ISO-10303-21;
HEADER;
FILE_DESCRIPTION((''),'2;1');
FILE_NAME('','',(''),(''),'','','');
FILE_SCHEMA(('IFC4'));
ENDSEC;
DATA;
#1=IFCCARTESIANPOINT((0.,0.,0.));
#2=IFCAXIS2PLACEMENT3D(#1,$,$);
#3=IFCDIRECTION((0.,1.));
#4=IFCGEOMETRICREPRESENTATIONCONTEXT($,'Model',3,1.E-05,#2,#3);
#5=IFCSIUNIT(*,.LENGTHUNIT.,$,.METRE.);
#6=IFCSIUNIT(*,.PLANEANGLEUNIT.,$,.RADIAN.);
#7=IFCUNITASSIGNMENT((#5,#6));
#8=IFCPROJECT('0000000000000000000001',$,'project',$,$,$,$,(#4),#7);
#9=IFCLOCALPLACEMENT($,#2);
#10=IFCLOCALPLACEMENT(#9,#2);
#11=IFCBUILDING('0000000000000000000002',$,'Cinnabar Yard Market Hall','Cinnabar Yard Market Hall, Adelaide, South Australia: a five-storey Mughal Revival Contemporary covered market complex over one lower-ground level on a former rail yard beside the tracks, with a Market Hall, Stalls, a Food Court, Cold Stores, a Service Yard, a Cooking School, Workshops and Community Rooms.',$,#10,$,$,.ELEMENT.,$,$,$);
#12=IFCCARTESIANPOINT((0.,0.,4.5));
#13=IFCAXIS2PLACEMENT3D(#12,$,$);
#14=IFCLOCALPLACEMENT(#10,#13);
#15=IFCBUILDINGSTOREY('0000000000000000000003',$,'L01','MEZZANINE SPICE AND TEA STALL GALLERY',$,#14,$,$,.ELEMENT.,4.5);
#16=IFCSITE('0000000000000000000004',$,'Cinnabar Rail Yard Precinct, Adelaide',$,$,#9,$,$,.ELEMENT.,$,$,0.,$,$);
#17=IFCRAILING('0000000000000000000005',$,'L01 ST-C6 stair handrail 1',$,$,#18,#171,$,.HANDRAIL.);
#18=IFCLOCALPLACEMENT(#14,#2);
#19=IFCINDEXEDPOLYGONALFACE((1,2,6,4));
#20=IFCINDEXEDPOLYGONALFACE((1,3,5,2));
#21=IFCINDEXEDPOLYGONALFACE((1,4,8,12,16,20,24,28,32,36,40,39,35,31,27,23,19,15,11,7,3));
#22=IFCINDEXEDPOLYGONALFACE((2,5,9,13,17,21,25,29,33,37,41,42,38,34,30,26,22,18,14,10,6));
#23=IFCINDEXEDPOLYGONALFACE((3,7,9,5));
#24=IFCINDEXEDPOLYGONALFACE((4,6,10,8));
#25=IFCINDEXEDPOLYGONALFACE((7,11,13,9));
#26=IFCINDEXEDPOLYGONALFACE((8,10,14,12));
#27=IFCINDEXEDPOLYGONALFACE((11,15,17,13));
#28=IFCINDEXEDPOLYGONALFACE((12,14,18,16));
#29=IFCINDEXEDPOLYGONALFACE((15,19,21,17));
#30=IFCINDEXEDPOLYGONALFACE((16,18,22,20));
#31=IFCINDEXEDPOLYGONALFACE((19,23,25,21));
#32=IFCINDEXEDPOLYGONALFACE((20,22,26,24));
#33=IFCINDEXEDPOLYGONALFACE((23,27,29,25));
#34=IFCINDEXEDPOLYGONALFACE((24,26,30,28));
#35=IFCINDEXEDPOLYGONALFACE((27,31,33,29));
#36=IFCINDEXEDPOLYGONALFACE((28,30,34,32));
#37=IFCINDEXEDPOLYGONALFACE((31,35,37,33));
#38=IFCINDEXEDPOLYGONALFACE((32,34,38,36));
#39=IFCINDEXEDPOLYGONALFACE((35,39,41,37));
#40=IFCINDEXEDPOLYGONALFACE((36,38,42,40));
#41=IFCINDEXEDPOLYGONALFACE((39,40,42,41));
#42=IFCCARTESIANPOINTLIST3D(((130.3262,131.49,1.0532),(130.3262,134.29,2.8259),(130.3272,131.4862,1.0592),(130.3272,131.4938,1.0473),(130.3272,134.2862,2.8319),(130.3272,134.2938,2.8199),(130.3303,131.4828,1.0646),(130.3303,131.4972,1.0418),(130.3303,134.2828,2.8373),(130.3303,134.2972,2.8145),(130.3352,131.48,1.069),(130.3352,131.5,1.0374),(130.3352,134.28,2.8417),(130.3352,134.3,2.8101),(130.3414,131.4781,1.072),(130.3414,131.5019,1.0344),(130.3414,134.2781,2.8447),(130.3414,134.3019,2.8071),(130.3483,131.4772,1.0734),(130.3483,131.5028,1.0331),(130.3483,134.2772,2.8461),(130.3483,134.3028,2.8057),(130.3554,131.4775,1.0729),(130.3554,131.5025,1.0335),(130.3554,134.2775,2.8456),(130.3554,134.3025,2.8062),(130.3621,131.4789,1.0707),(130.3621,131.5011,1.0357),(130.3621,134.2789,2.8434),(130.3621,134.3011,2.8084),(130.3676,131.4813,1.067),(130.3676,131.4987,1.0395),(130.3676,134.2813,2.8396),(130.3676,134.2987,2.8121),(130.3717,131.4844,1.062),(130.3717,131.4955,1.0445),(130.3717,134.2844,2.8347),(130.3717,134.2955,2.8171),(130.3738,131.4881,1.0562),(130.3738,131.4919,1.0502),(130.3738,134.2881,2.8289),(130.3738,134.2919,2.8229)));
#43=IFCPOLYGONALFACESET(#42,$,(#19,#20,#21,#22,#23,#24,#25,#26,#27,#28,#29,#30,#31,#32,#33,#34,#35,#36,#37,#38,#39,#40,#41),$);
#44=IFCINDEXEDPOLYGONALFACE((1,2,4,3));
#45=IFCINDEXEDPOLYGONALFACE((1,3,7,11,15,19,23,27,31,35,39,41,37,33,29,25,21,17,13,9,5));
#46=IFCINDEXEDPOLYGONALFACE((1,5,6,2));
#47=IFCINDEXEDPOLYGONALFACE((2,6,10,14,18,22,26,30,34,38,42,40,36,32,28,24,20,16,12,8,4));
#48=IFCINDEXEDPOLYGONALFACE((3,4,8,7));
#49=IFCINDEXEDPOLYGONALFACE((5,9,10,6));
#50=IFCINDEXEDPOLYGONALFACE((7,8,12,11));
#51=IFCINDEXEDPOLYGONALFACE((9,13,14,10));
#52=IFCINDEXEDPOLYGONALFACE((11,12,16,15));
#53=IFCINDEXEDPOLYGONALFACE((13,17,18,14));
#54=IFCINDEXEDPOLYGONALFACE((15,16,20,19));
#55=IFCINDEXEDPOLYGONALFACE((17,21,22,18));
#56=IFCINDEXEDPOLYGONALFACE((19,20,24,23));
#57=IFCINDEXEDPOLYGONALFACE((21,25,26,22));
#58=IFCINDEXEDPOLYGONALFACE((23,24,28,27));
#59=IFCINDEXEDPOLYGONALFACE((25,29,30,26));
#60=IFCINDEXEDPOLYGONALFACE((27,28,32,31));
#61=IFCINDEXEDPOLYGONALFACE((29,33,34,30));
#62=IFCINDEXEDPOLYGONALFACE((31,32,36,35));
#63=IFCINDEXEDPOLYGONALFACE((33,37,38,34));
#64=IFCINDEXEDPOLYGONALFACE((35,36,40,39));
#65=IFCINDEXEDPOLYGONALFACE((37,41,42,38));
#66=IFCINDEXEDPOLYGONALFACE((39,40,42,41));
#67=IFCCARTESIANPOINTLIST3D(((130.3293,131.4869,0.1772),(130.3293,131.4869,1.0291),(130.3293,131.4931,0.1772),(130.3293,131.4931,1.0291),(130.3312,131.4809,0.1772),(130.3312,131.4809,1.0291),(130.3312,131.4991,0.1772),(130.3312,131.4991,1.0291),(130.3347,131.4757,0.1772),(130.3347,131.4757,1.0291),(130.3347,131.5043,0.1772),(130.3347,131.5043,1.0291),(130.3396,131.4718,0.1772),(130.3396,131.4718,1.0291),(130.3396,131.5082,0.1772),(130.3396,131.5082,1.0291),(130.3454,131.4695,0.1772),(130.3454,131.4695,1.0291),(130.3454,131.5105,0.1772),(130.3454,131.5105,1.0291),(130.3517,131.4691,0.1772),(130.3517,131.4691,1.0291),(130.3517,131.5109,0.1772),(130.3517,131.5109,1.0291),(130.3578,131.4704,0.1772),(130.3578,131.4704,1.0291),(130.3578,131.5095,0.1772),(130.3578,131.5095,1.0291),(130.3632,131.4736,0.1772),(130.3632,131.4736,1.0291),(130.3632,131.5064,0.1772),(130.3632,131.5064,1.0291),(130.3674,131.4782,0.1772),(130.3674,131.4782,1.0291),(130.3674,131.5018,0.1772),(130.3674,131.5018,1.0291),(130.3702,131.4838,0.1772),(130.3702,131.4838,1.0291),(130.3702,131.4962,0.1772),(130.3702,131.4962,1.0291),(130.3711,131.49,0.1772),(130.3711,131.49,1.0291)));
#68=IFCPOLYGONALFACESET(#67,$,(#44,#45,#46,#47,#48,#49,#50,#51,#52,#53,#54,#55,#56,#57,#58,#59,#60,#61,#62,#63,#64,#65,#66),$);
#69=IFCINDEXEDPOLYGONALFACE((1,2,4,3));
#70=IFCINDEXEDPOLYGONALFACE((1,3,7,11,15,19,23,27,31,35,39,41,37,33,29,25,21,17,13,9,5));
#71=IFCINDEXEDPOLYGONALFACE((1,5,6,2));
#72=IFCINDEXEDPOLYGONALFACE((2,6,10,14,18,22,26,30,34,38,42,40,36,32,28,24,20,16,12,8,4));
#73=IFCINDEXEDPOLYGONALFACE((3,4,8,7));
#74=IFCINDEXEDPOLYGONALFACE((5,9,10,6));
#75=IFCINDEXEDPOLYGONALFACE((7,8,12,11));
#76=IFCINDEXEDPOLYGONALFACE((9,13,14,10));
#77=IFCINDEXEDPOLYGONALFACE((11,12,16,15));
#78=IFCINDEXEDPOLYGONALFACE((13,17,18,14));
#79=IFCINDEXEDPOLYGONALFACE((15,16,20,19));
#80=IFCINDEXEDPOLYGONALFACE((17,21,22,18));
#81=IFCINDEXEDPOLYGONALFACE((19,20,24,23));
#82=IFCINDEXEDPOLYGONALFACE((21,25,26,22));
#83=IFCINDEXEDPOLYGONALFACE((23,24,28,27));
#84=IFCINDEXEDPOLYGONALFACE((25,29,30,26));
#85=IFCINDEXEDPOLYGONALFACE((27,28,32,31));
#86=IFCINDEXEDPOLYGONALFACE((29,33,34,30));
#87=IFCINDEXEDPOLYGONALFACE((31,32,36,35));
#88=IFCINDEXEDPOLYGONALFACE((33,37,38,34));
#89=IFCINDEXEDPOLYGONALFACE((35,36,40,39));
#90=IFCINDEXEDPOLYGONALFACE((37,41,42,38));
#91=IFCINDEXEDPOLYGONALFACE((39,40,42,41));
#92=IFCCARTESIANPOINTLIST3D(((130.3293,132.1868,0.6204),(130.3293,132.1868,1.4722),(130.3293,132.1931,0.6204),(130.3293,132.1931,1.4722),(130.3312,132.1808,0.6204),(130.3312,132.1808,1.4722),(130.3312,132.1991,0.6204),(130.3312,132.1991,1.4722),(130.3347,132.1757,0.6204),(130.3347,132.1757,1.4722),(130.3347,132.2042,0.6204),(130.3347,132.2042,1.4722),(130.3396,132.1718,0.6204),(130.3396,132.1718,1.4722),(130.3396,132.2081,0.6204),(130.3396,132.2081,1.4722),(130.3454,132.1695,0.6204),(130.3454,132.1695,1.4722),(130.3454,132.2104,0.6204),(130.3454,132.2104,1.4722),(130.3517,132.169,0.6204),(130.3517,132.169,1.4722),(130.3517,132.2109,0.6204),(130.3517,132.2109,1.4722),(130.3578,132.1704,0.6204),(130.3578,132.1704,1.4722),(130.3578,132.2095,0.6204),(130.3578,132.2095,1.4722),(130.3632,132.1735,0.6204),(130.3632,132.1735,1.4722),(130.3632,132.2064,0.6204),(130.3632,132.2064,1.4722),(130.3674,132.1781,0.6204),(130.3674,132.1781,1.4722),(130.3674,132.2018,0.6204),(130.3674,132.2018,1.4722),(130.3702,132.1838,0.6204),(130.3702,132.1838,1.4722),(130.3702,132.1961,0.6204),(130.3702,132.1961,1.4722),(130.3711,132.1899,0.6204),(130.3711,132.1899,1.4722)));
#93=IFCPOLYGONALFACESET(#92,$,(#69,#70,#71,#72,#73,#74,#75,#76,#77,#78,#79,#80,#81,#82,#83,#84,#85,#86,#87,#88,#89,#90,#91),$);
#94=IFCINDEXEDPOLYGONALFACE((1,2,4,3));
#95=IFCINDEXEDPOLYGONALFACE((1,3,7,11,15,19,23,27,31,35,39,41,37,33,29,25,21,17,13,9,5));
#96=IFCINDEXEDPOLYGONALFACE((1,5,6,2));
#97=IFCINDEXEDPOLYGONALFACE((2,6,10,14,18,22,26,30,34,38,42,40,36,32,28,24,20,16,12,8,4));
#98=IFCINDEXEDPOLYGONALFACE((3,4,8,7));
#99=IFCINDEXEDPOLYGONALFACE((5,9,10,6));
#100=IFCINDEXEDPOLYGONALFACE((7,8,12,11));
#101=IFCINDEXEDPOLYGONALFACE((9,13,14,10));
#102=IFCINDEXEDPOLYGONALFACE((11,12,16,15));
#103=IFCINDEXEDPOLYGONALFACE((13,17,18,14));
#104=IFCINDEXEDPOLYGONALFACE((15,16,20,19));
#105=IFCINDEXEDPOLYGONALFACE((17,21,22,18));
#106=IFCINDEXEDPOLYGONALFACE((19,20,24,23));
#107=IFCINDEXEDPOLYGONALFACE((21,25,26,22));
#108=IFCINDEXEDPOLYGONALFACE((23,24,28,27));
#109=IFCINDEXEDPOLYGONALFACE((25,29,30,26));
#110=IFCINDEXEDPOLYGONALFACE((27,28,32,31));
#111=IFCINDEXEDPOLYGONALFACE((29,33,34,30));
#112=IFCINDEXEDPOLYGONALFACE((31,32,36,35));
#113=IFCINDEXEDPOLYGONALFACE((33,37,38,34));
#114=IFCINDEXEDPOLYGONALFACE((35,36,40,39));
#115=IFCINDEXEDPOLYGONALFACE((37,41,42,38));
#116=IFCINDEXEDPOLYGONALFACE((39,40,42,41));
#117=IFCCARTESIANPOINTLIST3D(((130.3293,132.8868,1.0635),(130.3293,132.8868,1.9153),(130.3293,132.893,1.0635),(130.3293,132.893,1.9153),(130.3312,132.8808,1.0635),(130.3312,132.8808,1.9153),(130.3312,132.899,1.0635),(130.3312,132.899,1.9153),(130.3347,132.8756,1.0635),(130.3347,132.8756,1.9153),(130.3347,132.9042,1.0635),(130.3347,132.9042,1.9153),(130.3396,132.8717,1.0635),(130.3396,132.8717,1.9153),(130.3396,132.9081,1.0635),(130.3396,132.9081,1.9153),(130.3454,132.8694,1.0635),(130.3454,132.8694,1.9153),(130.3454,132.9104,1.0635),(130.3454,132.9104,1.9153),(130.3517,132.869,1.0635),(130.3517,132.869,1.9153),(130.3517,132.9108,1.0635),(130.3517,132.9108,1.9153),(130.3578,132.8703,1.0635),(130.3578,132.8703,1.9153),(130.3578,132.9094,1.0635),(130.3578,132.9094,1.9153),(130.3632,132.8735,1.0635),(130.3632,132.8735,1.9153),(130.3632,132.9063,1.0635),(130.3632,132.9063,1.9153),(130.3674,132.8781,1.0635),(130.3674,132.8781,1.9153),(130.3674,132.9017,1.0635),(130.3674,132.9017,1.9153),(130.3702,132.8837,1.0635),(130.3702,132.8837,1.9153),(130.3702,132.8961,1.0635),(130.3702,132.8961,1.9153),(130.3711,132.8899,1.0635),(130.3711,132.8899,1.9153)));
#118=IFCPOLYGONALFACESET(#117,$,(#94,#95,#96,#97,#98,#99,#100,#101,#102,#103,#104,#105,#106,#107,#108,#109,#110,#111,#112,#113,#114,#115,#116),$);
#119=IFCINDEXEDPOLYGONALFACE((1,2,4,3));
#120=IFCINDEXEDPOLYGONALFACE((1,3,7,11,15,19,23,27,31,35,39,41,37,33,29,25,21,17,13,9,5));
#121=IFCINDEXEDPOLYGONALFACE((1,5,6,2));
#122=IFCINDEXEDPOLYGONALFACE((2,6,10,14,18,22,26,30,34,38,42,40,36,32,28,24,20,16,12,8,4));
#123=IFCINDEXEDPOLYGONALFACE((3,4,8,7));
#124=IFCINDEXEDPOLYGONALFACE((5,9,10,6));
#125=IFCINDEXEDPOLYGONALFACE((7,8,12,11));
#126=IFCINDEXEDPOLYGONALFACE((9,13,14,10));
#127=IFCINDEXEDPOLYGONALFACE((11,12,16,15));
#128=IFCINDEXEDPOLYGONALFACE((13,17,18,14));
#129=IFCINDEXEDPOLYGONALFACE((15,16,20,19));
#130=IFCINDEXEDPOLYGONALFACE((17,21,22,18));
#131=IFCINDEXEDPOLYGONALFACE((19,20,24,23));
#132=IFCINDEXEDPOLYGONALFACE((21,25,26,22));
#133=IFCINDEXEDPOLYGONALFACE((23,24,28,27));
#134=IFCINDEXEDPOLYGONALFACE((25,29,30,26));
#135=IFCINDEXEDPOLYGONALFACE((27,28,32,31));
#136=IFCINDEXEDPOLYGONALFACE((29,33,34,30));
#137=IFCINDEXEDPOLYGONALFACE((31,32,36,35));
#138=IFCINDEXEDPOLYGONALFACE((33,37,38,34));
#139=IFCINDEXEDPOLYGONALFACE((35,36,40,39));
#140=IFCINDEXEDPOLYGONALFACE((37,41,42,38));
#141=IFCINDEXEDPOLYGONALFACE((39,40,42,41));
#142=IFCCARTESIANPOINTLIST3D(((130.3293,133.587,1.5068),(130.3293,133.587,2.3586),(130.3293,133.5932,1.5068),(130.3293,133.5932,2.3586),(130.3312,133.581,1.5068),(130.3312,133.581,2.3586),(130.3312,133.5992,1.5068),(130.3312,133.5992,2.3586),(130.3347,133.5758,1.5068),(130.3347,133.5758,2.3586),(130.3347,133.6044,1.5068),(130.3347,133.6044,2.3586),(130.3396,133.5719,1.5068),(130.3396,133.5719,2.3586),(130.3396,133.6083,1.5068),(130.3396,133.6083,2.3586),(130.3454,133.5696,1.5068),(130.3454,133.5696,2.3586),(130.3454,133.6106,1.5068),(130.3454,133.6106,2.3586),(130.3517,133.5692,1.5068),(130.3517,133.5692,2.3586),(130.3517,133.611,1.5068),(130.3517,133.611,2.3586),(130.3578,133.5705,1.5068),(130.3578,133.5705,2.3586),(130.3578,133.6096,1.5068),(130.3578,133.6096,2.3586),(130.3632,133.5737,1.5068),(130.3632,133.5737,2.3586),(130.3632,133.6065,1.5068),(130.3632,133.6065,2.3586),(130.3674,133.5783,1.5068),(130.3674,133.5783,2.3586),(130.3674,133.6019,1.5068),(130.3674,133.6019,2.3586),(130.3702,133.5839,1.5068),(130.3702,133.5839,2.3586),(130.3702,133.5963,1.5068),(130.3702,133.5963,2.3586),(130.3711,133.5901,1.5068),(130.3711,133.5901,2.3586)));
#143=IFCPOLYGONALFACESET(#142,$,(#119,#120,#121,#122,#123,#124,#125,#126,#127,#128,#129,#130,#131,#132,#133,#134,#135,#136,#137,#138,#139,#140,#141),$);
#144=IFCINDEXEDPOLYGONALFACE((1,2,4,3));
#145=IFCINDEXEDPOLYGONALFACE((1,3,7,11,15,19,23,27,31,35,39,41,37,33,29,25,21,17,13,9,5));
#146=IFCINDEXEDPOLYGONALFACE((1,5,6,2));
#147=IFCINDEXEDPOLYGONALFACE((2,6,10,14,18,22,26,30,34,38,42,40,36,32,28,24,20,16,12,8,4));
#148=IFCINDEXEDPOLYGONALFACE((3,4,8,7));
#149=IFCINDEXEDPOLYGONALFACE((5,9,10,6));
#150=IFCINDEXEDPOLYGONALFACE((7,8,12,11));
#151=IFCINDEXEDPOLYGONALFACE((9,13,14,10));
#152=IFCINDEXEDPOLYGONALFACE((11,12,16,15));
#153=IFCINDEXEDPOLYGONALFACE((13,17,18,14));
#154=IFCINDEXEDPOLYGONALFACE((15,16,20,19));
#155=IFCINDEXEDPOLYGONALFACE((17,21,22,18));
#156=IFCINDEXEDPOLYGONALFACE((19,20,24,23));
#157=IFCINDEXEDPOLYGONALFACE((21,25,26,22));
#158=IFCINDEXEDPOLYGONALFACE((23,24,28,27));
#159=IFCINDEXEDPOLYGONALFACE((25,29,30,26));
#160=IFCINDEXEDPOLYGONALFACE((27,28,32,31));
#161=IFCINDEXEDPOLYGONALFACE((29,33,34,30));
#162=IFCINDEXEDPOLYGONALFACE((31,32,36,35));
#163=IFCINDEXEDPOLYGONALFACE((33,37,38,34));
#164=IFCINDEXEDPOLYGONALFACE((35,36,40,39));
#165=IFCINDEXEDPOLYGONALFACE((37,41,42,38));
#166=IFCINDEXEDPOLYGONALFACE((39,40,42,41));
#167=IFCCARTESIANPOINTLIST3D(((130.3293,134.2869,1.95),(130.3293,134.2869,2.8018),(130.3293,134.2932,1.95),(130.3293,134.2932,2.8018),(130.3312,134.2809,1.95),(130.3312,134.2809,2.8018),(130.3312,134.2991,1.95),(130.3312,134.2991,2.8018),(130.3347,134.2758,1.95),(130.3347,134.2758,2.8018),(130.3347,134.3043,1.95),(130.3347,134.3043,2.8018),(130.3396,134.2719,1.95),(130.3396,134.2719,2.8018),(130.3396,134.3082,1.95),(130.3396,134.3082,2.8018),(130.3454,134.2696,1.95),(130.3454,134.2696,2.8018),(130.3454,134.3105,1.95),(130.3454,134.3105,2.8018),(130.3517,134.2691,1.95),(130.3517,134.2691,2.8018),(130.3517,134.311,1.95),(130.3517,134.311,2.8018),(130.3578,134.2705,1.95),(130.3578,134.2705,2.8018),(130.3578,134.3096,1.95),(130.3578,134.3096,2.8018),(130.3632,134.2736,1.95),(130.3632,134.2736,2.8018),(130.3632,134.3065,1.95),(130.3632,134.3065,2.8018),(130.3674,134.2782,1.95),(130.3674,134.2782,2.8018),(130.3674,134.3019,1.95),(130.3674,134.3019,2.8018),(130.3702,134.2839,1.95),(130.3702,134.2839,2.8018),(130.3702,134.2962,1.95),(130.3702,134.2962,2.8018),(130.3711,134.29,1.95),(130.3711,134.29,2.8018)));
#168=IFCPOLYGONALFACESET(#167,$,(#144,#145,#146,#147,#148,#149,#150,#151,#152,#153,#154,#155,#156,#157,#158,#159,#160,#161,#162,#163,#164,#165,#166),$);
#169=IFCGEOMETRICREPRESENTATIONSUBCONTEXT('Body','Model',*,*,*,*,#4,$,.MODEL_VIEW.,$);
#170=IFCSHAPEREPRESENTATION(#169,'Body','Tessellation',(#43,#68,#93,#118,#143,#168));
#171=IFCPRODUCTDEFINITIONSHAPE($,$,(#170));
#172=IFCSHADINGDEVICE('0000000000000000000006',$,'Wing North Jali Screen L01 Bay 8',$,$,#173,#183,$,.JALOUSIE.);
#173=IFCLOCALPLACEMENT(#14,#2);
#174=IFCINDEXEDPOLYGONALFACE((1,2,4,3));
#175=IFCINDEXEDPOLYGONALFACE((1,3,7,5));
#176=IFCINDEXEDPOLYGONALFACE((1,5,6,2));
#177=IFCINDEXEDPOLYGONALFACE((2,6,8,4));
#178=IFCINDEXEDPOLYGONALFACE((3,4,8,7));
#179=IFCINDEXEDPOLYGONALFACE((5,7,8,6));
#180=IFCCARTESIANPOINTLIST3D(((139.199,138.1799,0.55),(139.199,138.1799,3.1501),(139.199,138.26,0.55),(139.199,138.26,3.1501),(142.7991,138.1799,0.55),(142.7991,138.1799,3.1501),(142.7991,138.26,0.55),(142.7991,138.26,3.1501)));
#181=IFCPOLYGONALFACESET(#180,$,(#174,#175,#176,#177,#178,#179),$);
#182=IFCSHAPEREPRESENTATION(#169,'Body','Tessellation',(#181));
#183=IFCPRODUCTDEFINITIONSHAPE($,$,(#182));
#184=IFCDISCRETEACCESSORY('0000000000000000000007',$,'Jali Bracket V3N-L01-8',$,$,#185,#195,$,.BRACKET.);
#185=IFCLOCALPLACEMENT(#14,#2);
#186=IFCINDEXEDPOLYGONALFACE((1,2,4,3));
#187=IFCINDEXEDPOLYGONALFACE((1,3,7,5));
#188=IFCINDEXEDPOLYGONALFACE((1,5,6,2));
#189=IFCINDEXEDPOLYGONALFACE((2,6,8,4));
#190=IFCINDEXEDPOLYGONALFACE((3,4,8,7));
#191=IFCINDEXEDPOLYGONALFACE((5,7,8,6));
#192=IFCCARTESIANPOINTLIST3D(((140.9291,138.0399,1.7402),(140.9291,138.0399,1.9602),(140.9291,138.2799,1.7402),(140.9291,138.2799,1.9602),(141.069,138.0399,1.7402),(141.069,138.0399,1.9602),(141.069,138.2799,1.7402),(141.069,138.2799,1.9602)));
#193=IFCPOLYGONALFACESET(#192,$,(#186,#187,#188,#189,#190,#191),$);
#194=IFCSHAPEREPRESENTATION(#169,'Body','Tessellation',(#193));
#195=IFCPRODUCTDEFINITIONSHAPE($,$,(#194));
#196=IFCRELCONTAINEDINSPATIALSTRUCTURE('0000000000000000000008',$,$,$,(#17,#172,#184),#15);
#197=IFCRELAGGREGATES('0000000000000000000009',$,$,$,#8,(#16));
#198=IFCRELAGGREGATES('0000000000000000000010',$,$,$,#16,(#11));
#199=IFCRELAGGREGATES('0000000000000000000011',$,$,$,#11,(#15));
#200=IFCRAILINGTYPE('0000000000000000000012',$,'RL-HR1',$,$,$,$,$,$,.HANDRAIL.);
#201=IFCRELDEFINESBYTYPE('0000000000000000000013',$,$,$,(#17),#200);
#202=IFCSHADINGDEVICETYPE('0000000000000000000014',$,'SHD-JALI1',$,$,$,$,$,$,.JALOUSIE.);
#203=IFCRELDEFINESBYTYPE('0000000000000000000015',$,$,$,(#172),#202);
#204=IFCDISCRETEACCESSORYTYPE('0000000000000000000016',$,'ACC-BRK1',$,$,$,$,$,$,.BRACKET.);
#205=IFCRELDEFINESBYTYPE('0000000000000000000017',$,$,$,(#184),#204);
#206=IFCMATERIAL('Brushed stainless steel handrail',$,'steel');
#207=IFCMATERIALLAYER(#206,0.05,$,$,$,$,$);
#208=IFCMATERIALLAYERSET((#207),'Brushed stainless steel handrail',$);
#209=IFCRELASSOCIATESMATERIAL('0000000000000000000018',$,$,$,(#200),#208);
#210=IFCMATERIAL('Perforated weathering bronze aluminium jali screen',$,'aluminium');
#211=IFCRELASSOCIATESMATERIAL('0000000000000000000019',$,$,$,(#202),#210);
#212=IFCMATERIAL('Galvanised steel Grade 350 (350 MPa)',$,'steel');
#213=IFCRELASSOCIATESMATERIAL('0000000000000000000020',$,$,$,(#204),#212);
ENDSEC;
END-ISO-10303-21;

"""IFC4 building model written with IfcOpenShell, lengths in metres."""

from ifc_helpers import new_model, si_unit, direction, frame, origin, origin_2d_with_axis, place, context, subcontext, project, spatial, rectangle, circle, extrude, material, layer, layer_set, type_object, element, save


model = new_model("IFC4")

# Units and contexts
model_context = context("Model", 3, precision=1e-05, world=origin(), true_north=direction((0.0, 1.0)))
body_context = subcontext(model_context, "Body", "Model", "MODEL_VIEW")
ifc_project = project(units=[si_unit("LENGTHUNIT", "METRE"), si_unit("PLANEANGLEUNIT", "RADIAN")], contexts=[model_context])

# Site, building, storey
site_placement = place(None, origin())
site = spatial("IfcSite", under=ifc_project, at=site_placement, Name="Cinnabar Rail Yard Precinct, Adelaide", CompositionType="ELEMENT", RefElevation=0.0)
building_placement = place(site_placement, origin())
building = spatial("IfcBuilding", under=site, at=building_placement, Name="Cinnabar Yard Market Hall", Description="Cinnabar Yard Market Hall, Adelaide, South Australia: a five-storey Mughal Revival Contemporary covered market complex over one lower-ground level on a former rail yard beside the tracks, with a Market Hall, Stalls, a Food Court, Cold Stores, a Service Yard, a Cooking School, Workshops and Community Rooms.", CompositionType="ELEMENT")
storey_placement = place(building_placement, frame((0.0, 0.0, 4.5)))
storey = spatial("IfcBuildingStorey", under=building, at=storey_placement, Name="L01", Description="MEZZANINE SPICE AND TEA STALL GALLERY", CompositionType="ELEMENT", Elevation=4.5)

# Railing
ifc_material_1 = material(Name="Brushed stainless steel handrail", Category="steel")
ifc_layer_1 = layer(ifc_material_1, 0.05)
ifc_layer_set_1 = layer_set([ifc_layer_1], Name="Brushed stainless steel handrail")
railing_type_1 = type_object("IfcRailingType", Name="RL-HR1", PredefinedType="HANDRAIL", material=ifc_layer_set_1)
railing_1_placement = place(storey_placement, frame((130.3501, 131.49, 0.1772)))
element("IfcRailing", 1, at=railing_1_placement, inside=storey, type_object=railing_type_1, Name="L01 ST-C6 stair handrail 1", PredefinedType="HANDRAIL", context=body_context, shape_type="SweptSolid", body=[
    extrude(circle(Radius=0.0239, at=origin_2d_with_axis()), frame((0.0, 0.0, 0.876), z_axis=(0.0, 0.844909, 0.53491), x_axis=(-1.0, 0.0, 0.0)), (0.0, 0.0, 1.0), 3.314),
    extrude(circle(Radius=0.021, at=origin_2d_with_axis()), origin(), (0.0, 0.0, 1.0), 0.8518),
    extrude(circle(Radius=0.021, at=origin_2d_with_axis()), frame((0.0, 0.7, 0.4431)), (0.0, 0.0, 1.0), 0.8518),
    extrude(circle(Radius=0.021, at=origin_2d_with_axis()), frame((0.0, 1.3999, 0.8862)), (0.0, 0.0, 1.0), 0.8518),
    extrude(circle(Radius=0.021, at=origin_2d_with_axis()), frame((0.0, 2.1001, 1.3296)), (0.0, 0.0, 1.0), 0.8518),
    extrude(circle(Radius=0.021, at=origin_2d_with_axis()), frame((0.0, 2.8, 1.7727)), (0.0, 0.0, 1.0), 0.8518),
])

# Shading device
ifc_material_2 = material(Name="Perforated weathering bronze aluminium jali screen", Category="aluminium")
shading_device_type = type_object("IfcShadingDeviceType", Name="SHD-JALI1", PredefinedType="JALOUSIE", material=ifc_material_2)
shading_device_placement = place(storey_placement, frame((140.999, 138.22, 0.55), z_axis=(0.0, 0.0, 1.0), x_axis=(1.0, 0.0, 0.0)))
element("IfcShadingDevice", 2, at=shading_device_placement, inside=storey, type_object=shading_device_type, Name="Wing North Jali Screen L01 Bay 8", PredefinedType="JALOUSIE", context=body_context, shape_type="SweptSolid", body=[
    extrude(rectangle(XDim=3.6001, YDim=0.0801, at=origin_2d_with_axis()), origin(), (0.0, 0.0, 1.0), 2.6001),
])

# Discrete accessory
ifc_material_3 = material(Name="Galvanised steel Grade 350 (350 MPa)", Category="steel")
discrete_accessory_type = type_object("IfcDiscreteAccessoryType", Name="ACC-BRK1", PredefinedType="BRACKET", material=ifc_material_3)
discrete_accessory_placement = place(storey_placement, frame((140.999, 138.1599, 1.7402), z_axis=(0.0, 0.0, 1.0), x_axis=(1.0, 0.0, 0.0)))
element("IfcDiscreteAccessory", 3, at=discrete_accessory_placement, inside=storey, type_object=discrete_accessory_type, Name="Jali Bracket V3N-L01-8", PredefinedType="BRACKET", context=body_context, shape_type="SweptSolid", body=[
    extrude(rectangle(XDim=0.1399, YDim=0.24, at=origin_2d_with_axis()), origin(), (0.0, 0.0, 1.0), 0.22),
])

save(model, "model.ifc")
